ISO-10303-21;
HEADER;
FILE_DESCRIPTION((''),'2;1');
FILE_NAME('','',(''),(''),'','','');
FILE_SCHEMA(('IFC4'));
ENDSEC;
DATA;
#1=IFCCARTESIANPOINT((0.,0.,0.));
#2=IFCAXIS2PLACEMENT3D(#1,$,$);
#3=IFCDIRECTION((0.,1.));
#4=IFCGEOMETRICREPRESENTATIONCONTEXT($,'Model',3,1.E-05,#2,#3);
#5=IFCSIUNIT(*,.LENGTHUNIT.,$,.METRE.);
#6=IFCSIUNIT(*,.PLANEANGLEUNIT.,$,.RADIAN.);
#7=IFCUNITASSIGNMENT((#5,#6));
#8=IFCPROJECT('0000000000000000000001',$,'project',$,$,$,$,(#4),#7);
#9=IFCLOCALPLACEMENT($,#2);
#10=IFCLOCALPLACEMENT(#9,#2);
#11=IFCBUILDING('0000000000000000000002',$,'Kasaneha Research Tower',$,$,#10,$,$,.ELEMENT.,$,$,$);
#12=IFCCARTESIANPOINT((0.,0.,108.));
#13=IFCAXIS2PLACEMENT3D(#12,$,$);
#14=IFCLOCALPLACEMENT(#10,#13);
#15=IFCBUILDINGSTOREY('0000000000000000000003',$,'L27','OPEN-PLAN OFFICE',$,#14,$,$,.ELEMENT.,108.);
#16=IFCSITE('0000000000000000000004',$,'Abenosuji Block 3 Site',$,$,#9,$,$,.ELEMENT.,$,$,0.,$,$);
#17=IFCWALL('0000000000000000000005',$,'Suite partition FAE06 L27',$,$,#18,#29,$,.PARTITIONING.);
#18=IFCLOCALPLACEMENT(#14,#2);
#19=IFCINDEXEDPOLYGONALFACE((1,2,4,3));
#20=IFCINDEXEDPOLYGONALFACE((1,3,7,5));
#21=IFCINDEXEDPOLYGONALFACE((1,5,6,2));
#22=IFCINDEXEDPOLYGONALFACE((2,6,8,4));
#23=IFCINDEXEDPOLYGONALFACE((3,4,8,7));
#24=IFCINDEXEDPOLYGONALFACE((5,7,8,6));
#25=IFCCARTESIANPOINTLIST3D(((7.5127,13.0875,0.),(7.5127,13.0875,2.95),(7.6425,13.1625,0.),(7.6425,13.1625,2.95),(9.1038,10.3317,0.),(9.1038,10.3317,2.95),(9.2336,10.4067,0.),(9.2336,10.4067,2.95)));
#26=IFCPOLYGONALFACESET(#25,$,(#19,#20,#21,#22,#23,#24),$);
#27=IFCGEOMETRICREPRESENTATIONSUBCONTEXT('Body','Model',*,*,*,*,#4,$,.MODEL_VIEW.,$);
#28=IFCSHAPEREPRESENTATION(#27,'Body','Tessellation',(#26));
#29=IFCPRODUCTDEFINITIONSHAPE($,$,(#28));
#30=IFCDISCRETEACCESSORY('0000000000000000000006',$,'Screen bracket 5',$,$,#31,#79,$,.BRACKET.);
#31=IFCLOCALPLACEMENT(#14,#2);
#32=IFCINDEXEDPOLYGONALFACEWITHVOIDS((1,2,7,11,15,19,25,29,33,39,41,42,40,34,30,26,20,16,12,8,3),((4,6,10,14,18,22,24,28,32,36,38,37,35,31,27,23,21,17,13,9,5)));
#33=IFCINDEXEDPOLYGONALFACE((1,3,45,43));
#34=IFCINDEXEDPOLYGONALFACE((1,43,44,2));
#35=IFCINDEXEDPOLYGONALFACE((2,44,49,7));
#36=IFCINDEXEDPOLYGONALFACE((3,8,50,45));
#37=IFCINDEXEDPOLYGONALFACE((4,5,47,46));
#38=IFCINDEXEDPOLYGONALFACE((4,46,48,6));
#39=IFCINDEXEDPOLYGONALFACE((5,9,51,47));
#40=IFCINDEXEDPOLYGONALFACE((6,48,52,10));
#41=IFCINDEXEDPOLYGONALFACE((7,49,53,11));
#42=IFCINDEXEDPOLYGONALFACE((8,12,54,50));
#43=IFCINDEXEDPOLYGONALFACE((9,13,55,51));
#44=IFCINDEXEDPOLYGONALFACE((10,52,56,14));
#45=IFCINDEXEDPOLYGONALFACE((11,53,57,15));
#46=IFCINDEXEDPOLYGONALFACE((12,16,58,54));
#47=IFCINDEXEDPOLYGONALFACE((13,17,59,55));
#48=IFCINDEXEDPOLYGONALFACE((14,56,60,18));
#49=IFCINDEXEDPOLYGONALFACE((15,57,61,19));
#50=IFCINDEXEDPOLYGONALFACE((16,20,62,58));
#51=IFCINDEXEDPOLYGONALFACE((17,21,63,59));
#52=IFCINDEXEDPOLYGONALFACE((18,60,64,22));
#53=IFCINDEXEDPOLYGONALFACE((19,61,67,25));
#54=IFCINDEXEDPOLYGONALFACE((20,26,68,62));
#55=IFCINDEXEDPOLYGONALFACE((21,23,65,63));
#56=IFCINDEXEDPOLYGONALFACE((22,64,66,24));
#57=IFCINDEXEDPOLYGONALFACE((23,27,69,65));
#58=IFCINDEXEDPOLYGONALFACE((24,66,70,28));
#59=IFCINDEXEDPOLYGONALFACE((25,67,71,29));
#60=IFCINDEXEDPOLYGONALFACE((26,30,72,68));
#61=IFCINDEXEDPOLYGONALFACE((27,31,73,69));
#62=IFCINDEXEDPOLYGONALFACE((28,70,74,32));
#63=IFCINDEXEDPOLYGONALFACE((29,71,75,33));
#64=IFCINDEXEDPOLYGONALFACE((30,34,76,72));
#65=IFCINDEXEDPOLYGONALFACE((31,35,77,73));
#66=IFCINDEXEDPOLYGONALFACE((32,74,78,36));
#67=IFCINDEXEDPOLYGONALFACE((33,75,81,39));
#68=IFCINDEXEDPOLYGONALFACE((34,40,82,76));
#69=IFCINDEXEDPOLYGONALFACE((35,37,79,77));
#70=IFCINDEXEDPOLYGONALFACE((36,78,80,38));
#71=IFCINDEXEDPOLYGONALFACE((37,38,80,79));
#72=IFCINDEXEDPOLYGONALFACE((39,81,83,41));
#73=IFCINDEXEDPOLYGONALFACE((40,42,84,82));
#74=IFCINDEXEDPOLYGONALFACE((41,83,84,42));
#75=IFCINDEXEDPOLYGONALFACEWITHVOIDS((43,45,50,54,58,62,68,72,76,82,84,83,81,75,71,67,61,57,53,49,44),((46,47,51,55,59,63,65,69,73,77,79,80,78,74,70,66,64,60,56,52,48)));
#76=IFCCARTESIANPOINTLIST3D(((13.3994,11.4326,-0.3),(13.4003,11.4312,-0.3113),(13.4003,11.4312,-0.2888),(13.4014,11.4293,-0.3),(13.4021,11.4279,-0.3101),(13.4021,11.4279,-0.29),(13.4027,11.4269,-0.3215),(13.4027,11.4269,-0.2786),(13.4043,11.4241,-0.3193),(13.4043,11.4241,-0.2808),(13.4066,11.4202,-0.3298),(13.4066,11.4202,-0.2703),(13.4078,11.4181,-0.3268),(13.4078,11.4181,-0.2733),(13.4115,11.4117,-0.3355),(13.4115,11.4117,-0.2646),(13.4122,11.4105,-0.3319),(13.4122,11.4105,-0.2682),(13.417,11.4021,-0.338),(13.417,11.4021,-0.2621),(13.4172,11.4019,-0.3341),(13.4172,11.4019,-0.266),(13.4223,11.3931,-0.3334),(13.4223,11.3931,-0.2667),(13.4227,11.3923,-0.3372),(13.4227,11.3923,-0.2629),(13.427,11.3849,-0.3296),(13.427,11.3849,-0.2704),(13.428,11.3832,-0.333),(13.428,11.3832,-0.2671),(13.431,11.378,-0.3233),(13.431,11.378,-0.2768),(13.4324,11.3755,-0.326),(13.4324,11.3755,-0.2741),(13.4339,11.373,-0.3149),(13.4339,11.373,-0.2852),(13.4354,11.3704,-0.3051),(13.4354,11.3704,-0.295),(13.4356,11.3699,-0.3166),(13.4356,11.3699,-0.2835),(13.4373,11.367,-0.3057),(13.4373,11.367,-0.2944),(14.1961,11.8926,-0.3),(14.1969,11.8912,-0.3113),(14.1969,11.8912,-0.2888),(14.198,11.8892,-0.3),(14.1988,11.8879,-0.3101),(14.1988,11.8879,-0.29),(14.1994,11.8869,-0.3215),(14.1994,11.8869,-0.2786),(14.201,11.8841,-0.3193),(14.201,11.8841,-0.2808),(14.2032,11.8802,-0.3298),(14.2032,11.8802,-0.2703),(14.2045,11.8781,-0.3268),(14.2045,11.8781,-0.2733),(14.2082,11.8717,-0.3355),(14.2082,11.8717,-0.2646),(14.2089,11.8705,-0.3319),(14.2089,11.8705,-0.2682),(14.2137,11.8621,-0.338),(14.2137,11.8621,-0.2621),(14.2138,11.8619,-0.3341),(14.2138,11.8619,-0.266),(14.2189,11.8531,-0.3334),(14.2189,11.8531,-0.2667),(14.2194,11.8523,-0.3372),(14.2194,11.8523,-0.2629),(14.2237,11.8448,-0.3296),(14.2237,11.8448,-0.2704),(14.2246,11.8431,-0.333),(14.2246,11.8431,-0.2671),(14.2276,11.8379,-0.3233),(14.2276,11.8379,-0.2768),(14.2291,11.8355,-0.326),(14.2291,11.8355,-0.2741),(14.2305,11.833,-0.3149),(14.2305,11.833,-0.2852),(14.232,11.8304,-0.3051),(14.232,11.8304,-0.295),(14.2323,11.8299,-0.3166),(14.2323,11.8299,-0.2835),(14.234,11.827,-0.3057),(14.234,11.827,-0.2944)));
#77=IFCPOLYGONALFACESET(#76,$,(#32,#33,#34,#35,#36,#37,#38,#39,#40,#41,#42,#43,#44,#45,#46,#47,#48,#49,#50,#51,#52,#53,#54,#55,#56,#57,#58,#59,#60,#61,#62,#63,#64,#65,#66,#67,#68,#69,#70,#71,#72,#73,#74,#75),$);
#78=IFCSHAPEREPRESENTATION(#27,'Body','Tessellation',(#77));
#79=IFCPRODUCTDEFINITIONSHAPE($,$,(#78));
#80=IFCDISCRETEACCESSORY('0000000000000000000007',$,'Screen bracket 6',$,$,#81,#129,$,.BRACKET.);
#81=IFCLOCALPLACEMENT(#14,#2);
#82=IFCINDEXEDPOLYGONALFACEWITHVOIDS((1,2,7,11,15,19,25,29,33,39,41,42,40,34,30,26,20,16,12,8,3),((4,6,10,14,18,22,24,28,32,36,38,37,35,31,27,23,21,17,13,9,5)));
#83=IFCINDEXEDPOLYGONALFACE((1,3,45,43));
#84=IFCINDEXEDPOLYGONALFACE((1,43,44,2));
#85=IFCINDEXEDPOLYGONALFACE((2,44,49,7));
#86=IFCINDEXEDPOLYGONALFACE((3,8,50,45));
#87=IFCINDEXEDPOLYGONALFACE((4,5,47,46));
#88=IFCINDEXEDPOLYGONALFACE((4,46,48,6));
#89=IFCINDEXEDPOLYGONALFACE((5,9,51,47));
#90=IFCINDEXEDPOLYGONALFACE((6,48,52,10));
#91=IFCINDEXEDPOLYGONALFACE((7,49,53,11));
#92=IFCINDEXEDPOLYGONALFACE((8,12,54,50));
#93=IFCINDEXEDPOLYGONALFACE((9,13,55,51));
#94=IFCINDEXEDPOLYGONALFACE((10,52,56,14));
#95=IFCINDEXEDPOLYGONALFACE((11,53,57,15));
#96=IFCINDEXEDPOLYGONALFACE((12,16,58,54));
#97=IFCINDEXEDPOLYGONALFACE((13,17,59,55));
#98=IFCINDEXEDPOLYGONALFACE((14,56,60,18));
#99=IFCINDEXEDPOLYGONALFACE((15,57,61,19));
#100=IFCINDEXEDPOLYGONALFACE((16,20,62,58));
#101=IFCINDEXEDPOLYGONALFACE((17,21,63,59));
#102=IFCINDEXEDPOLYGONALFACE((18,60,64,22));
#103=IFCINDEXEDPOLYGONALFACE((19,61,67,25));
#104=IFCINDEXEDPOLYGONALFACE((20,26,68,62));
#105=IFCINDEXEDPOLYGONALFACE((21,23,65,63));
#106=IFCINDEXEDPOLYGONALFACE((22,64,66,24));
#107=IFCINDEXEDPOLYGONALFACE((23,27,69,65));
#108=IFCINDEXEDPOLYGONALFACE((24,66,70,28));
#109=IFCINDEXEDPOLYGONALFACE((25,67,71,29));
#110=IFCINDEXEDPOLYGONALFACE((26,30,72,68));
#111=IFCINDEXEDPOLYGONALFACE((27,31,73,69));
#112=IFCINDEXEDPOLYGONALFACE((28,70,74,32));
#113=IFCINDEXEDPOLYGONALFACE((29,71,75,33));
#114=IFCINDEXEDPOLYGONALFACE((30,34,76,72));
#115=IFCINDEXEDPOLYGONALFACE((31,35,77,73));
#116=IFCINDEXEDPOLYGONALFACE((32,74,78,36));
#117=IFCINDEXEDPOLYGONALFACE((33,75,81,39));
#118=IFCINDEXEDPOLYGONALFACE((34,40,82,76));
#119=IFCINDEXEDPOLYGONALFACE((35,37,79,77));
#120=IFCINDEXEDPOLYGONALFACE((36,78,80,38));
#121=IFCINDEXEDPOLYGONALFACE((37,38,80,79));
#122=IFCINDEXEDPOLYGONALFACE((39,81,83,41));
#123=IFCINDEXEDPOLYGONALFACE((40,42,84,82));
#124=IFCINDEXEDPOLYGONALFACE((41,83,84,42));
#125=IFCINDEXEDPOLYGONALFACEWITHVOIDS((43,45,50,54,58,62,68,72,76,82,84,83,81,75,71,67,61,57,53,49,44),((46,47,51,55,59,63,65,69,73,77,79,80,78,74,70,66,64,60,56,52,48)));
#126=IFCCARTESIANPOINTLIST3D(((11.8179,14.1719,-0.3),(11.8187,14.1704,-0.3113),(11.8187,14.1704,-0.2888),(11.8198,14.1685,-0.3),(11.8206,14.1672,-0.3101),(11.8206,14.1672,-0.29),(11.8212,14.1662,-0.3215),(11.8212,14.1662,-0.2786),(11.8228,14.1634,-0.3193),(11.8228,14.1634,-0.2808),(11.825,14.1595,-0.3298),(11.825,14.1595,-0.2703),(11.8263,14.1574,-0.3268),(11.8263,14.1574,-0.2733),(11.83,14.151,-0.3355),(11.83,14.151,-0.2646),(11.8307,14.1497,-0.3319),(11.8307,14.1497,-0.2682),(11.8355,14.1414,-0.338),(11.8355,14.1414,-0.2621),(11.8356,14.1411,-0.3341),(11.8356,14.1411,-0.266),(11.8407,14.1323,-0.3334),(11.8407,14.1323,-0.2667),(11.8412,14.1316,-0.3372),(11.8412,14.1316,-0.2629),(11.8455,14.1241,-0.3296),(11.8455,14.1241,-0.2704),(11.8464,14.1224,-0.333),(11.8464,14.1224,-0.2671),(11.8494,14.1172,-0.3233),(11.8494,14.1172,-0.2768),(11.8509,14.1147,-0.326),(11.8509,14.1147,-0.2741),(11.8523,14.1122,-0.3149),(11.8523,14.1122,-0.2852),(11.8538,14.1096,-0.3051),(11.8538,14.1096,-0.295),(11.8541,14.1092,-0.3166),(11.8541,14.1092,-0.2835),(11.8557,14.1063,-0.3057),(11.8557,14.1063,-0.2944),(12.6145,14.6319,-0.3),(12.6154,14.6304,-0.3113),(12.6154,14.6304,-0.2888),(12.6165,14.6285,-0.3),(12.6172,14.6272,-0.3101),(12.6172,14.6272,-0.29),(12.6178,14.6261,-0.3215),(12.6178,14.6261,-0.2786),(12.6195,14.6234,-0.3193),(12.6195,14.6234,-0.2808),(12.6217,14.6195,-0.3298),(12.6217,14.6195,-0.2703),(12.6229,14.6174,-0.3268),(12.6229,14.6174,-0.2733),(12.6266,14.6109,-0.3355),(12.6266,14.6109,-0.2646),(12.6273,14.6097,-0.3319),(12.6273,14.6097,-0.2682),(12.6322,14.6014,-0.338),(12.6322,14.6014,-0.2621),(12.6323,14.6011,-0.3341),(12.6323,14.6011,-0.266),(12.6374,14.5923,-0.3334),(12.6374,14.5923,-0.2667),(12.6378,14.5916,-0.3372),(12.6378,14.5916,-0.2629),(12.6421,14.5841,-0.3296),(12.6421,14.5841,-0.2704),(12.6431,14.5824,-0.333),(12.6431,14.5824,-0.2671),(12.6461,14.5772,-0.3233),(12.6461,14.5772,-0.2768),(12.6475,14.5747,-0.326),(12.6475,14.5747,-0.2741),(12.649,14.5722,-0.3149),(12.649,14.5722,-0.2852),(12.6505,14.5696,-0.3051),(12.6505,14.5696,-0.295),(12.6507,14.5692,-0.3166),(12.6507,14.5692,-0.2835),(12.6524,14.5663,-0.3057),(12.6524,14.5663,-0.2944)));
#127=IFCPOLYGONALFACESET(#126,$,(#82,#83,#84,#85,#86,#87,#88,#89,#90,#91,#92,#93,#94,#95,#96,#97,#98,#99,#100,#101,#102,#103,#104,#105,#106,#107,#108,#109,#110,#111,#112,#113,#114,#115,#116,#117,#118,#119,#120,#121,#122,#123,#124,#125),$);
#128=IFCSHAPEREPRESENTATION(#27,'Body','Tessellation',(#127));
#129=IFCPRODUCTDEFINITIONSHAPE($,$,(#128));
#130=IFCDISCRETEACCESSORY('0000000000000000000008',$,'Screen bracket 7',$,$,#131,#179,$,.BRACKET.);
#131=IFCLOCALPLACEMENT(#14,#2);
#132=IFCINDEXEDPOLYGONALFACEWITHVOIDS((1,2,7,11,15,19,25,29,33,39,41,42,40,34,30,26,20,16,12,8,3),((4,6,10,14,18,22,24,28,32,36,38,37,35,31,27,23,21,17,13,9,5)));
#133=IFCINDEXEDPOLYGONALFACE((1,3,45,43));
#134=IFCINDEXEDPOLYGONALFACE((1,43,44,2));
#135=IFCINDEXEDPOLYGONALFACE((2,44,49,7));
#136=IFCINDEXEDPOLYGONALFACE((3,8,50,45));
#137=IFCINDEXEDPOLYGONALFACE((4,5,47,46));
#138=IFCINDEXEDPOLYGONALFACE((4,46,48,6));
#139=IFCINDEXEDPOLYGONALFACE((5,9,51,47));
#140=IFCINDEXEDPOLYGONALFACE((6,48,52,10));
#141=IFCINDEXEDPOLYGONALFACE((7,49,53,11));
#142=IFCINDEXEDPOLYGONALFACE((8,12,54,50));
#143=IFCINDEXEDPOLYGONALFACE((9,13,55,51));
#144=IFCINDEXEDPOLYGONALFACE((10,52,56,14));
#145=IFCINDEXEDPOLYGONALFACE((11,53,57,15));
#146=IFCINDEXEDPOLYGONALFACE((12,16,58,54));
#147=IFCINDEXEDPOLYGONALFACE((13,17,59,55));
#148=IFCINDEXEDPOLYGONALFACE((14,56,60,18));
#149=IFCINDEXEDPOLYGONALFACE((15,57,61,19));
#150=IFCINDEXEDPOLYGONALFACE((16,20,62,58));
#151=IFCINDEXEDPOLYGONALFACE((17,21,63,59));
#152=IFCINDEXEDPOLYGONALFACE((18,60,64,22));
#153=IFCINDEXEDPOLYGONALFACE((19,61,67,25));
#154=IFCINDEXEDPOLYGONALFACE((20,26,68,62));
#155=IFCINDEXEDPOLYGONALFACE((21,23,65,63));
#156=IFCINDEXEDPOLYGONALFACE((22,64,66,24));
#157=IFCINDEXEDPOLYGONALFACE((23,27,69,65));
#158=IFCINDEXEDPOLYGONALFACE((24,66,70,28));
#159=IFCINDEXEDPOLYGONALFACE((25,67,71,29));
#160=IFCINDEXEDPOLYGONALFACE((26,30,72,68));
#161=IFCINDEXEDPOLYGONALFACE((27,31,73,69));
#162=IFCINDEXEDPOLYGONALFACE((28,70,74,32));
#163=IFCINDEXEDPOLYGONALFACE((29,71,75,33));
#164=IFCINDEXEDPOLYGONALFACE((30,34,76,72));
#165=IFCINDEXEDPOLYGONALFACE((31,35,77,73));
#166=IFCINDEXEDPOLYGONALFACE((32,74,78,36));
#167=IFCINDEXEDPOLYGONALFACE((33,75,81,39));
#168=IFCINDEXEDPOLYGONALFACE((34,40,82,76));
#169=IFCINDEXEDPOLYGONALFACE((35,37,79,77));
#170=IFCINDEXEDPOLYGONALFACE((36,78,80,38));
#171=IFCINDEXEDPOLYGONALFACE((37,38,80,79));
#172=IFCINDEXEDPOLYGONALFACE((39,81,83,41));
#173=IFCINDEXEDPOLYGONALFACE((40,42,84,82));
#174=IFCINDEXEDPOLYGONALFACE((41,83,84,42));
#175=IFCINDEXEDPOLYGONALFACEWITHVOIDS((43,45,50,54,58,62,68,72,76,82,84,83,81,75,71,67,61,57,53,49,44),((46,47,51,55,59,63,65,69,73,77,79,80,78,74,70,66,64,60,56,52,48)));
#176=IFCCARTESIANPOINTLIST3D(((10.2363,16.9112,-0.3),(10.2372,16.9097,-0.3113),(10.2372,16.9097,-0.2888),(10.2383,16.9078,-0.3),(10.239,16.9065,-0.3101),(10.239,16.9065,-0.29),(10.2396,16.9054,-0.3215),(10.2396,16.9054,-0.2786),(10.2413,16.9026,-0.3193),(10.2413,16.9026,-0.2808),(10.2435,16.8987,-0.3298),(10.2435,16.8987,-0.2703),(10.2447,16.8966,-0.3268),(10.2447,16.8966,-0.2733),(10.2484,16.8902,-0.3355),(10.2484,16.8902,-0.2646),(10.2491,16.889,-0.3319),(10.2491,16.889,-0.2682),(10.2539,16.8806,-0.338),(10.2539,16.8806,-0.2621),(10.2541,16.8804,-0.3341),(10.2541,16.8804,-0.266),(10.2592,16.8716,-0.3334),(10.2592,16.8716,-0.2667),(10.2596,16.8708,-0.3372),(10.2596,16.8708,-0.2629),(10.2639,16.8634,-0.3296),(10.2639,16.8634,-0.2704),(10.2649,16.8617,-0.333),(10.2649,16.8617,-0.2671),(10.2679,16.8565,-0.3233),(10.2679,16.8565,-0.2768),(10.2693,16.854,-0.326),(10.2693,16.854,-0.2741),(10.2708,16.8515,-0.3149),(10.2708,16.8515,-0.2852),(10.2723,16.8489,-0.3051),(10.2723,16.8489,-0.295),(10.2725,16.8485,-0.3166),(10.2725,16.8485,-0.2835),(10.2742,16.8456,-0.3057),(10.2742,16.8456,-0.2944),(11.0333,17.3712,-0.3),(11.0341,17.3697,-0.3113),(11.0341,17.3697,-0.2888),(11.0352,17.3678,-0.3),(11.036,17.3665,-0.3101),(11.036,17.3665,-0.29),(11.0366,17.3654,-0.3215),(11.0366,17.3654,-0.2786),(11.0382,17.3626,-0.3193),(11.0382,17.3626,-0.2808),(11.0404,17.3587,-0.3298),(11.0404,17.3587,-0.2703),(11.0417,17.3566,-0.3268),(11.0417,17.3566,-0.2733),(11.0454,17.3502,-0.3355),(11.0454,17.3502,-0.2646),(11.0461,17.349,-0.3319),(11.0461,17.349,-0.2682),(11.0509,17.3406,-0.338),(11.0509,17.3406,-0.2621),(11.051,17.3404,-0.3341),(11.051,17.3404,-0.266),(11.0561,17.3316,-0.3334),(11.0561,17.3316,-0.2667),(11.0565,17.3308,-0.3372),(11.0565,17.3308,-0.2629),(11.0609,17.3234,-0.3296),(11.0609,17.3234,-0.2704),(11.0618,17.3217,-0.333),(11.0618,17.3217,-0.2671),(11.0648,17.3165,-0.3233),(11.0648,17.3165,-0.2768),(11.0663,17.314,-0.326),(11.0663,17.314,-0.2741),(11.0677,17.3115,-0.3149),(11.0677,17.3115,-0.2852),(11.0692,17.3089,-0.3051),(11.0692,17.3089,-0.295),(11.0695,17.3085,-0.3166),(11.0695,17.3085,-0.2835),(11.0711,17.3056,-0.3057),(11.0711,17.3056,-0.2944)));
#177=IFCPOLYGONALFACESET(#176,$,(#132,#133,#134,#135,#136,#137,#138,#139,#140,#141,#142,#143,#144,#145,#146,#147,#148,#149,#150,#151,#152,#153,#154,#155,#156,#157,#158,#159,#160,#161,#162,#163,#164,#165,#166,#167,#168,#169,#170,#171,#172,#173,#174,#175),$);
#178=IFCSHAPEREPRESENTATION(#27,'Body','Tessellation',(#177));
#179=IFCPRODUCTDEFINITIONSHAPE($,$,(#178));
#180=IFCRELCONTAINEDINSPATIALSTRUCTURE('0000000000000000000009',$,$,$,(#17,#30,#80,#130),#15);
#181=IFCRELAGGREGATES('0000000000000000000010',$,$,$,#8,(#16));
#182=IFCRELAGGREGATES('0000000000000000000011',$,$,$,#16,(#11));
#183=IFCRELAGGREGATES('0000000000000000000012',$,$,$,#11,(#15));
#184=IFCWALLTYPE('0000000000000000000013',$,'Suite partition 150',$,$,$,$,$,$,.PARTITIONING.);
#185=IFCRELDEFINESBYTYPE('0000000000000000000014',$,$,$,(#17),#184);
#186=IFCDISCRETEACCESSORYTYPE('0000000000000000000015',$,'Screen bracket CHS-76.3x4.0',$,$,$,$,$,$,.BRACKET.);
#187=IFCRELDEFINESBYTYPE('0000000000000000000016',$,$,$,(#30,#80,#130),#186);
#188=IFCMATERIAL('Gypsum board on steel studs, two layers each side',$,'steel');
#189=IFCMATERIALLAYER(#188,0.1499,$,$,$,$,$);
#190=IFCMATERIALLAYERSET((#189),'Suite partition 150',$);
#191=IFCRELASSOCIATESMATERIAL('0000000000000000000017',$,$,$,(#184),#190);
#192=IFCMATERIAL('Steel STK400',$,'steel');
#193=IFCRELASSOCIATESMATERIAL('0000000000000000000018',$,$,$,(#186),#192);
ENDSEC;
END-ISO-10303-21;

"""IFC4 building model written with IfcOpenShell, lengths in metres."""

from ifc_helpers import new_model, si_unit, direction, frame, frame_2d, origin, origin_2d, place, context, subcontext, project, spatial, rectangle, hollow_circle, extrude, material, layer, layer_set, material_profile, profile_set, type_object, element, save


model = new_model("IFC4")

# Units and contexts
model_context = context("Model", 3, precision=1e-05, world=origin(), true_north=direction((0.0, 1.0)))
body_context = subcontext(model_context, "Body", "Model", "MODEL_VIEW")
ifc_project = project(units=[si_unit("LENGTHUNIT", "METRE"), si_unit("PLANEANGLEUNIT", "RADIAN")], contexts=[model_context])

# Site, building, storey
site_placement = place(None, origin())
site = spatial("IfcSite", under=ifc_project, at=site_placement, Name="Abenosuji Block 3 Site", CompositionType="ELEMENT", RefElevation=0.0)
building_placement = place(site_placement, origin())
building = spatial("IfcBuilding", under=site, at=building_placement, Name="Kasaneha Research Tower", CompositionType="ELEMENT")
storey_placement = place(building_placement, frame((0.0, 0.0, 108.0)))
storey = spatial("IfcBuildingStorey", under=building, at=storey_placement, Name="L27", Description="OPEN-PLAN OFFICE", CompositionType="ELEMENT", Elevation=108.0)

# Shared definitions
ifc_material_1 = material(Name="Gypsum board on steel studs, two layers each side", Category="steel")
ifc_layer_1 = layer(ifc_material_1, 0.1499)
ifc_layer_set_1 = layer_set([ifc_layer_1], Name="Suite partition 150")
wall_type_1 = type_object("IfcWallType", Name="Suite partition 150", PredefinedType="PARTITIONING", material=ifc_layer_set_1)

# Wall
wall_1_placement = place(storey_placement, frame((7.5776, 13.125, 0.0), z_axis=(0.0, 0.0, 1.0), x_axis=(0.499993, -0.86603, 0.0)))
element("IfcWall", 1, at=wall_1_placement, inside=storey, type_object=wall_type_1, Name="Suite partition FAE06 L27", PredefinedType="PARTITIONING", context=body_context, shape_type="SweptSolid", body=[
    extrude(rectangle(XDim=3.1821, YDim=0.1499, at=frame_2d((1.5911, 0.0))), origin(), (0.0, 0.0, 1.0), 2.95),
])

# Discrete accessories
ifc_material_2 = material(Name="Steel STK400", Category="steel")
ifc_material_profile_1 = material_profile(ifc_material_2, hollow_circle(Radius=0.0381, WallThickness=0.0039, at=origin_2d()), Name="CHS-76.3x4.0")
ifc_profile_set_1 = profile_set([ifc_material_profile_1], Name="Steel STK400")
discrete_accessory_type = type_object("IfcDiscreteAccessoryType", Name="Screen bracket CHS-76.3x4.0", PredefinedType="BRACKET", material=ifc_profile_set_1)
for number, where, z_axis, x_axis, name in (
    (2, (13.4185, 11.3997, -0.3), (0.866013, 0.500021, 0.0), (-0.500021, 0.866013, 0.0), "Screen bracket 5"),
    (3, (11.8369, 14.1389, -0.3), (0.866013, 0.500021, 0.0), (-0.500021, 0.866013, 0.0), "Screen bracket 6"),
):
    element("IfcDiscreteAccessory", number, at=place(storey_placement, frame(where, z_axis=z_axis, x_axis=x_axis)), inside=storey, type_object=discrete_accessory_type, Name=name, PredefinedType="BRACKET", context=body_context, shape_type="SweptSolid", body=[
        extrude(hollow_circle(Radius=0.0381, WallThickness=0.0039, at=origin_2d()), origin(), (0.0, 0.0, 1.0), 0.9199),
    ])
discrete_accessory_1_placement = place(storey_placement, frame((10.2554, 16.8782, -0.3), z_axis=(0.86608, 0.499906, 0.0), x_axis=(-0.499906, 0.86608, 0.0)))
element("IfcDiscreteAccessory", 4, at=discrete_accessory_1_placement, inside=storey, type_object=discrete_accessory_type, Name="Screen bracket 7", PredefinedType="BRACKET", context=body_context, shape_type="SweptSolid", body=[
    extrude(hollow_circle(Radius=0.0381, WallThickness=0.0039, at=origin_2d()), origin(), (0.0, 0.0, 1.0), 0.9202),
])

save(model, "model.ifc")
